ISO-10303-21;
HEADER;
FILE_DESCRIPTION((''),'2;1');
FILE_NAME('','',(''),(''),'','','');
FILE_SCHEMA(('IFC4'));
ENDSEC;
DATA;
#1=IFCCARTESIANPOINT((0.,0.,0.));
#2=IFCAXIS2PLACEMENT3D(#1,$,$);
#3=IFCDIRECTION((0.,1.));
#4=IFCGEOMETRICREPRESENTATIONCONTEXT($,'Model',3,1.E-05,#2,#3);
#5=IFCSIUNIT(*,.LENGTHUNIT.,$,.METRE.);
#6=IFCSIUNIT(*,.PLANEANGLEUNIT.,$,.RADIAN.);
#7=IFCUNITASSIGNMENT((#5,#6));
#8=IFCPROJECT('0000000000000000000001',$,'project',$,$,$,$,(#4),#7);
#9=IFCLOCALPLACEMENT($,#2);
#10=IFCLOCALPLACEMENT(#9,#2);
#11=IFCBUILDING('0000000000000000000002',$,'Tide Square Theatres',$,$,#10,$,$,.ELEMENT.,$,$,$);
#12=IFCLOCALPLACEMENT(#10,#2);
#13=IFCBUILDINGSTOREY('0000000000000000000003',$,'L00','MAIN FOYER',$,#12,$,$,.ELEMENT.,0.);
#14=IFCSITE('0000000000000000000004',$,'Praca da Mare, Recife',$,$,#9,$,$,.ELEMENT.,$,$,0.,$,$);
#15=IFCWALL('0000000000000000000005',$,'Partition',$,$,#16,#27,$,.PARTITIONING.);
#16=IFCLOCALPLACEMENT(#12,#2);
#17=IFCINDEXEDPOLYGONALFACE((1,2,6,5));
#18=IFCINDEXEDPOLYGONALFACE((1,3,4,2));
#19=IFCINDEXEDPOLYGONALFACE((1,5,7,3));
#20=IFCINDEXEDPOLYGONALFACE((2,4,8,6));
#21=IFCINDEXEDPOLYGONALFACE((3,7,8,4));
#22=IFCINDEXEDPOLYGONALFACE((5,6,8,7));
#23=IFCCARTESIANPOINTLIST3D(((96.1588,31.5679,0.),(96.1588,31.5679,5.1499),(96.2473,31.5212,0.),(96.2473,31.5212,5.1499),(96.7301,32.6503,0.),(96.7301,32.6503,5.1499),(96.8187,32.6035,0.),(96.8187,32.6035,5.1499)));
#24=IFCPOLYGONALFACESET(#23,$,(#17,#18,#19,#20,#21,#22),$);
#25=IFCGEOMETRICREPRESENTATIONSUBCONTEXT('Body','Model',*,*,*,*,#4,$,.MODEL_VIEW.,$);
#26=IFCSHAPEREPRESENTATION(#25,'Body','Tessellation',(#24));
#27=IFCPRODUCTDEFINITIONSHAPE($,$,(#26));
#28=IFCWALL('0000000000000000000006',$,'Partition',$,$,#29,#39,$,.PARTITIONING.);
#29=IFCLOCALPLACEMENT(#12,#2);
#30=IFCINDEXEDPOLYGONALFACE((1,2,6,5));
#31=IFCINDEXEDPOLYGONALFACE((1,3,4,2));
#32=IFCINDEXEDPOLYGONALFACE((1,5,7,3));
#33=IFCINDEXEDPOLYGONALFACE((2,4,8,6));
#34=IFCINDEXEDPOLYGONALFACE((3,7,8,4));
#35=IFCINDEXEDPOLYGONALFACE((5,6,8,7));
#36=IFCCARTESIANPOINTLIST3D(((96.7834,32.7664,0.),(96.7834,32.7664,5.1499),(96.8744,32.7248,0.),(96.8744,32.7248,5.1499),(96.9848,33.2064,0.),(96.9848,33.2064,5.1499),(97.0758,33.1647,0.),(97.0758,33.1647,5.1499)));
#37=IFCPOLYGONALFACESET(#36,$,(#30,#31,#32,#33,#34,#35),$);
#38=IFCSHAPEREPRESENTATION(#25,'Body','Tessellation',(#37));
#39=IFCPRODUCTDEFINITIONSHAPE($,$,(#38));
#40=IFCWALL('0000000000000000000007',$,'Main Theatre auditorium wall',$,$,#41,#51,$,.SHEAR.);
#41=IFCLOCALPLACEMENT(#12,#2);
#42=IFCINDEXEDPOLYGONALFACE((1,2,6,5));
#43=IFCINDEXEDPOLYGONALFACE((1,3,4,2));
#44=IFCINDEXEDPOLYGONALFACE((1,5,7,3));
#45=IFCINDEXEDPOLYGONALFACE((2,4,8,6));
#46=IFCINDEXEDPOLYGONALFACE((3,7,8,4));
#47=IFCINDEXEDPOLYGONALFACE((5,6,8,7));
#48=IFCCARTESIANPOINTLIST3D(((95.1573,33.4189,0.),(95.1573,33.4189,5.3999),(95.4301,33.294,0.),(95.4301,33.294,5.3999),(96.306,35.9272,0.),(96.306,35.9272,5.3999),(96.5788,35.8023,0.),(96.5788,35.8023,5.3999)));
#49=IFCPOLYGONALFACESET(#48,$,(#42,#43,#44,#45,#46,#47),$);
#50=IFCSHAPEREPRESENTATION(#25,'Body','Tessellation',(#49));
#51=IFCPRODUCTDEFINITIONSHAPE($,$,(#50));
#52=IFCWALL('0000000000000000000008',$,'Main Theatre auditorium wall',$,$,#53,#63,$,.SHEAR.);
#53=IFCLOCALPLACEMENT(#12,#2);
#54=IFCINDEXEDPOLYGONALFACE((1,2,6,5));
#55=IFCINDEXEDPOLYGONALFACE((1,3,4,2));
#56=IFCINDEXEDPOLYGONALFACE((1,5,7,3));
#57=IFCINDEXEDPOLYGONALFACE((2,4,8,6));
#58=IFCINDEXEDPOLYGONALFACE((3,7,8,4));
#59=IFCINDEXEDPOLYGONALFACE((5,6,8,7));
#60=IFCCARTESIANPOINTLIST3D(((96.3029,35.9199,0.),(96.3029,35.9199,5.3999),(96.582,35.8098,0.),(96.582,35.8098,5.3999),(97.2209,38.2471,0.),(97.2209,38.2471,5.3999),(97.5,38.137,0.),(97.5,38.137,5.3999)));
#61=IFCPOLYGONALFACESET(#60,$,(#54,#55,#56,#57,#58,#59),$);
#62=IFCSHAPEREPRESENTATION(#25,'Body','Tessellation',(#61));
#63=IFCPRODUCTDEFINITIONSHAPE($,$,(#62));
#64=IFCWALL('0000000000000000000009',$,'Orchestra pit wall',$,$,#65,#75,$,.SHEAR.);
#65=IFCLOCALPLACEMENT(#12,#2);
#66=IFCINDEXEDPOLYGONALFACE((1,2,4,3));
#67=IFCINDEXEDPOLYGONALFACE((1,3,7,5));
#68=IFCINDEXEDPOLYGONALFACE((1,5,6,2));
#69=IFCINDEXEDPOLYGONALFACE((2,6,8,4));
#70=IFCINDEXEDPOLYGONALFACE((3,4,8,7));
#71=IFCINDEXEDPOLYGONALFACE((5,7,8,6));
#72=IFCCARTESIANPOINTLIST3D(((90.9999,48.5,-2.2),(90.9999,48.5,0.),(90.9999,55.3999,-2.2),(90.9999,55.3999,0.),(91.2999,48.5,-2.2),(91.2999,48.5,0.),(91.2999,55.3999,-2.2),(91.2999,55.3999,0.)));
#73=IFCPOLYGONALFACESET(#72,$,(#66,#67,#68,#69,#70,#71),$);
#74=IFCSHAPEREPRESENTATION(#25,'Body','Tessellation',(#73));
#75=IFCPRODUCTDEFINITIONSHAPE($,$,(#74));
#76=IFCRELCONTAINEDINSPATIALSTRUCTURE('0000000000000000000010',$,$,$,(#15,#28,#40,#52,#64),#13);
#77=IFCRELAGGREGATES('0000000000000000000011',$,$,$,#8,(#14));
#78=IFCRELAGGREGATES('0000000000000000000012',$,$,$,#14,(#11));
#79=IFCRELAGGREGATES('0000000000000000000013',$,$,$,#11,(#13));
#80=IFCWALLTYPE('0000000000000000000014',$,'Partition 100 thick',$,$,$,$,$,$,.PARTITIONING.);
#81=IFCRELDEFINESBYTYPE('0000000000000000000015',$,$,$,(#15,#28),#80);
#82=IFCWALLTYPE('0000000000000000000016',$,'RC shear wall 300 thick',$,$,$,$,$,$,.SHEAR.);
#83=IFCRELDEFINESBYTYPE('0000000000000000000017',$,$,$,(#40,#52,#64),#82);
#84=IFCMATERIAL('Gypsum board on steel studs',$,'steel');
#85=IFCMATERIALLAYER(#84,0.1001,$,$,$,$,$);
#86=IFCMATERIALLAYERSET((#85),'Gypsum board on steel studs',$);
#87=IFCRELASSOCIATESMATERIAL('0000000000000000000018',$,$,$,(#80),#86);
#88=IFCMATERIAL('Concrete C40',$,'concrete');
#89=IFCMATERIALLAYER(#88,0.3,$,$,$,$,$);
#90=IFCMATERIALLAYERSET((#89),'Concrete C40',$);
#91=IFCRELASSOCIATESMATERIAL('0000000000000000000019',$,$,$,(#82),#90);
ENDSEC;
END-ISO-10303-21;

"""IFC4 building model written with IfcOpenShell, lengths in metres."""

from ifc_helpers import new_model, si_unit, direction, frame, frame_2d, origin, place, context, subcontext, project, spatial, rectangle, extrude, material, layer, layer_set, type_object, element, save


model = new_model("IFC4")

# Units and contexts
model_context = context("Model", 3, precision=1e-05, world=origin(), true_north=direction((0.0, 1.0)))
body_context = subcontext(model_context, "Body", "Model", "MODEL_VIEW")
ifc_project = project(units=[si_unit("LENGTHUNIT", "METRE"), si_unit("PLANEANGLEUNIT", "RADIAN")], contexts=[model_context])

# Site, building, storey
site_placement = place(None, origin())
site = spatial("IfcSite", under=ifc_project, at=site_placement, Name="Praca da Mare, Recife", CompositionType="ELEMENT", RefElevation=0.0)
building_placement = place(site_placement, origin())
building = spatial("IfcBuilding", under=site, at=building_placement, Name="Tide Square Theatres", CompositionType="ELEMENT")
storey_placement = place(building_placement, origin())
storey = spatial("IfcBuildingStorey", under=building, at=storey_placement, Name="L00", Description="MAIN FOYER", CompositionType="ELEMENT", Elevation=0.0)

# Walls
ifc_material_1 = material(Name="Gypsum board on steel studs", Category="steel")
ifc_layer_1 = layer(ifc_material_1, 0.1001)
ifc_layer_set_1 = layer_set([ifc_layer_1], Name="Gypsum board on steel studs")
wall_type_1 = type_object("IfcWallType", Name="Partition 100 thick", PredefinedType="PARTITIONING", material=ifc_layer_set_1)
wall_1_placement = place(storey_placement, frame((96.2031, 31.5447, 0.0), z_axis=(0.0, 0.0, 1.0), x_axis=(0.466815, 0.884355, 0.0)))
element("IfcWall", 1, at=wall_1_placement, inside=storey, type_object=wall_type_1, Name="Partition", PredefinedType="PARTITIONING", context=body_context, shape_type="SweptSolid", body=[
    extrude(rectangle(XDim=1.2239, YDim=0.1001, at=frame_2d((0.6118, 0.0))), origin(), (0.0, 0.0, 1.0), 5.1499),
])
wall_2_placement = place(storey_placement, frame((96.8289, 32.7456, 0.0), z_axis=(0.0, 0.0, 1.0), x_axis=(0.416272, 0.90924, 0.0)))
element("IfcWall", 2, at=wall_2_placement, inside=storey, type_object=wall_type_1, Name="Partition", PredefinedType="PARTITIONING", context=body_context, shape_type="SweptSolid", body=[
    extrude(rectangle(XDim=0.4839, YDim=0.1001, at=frame_2d((0.2419, 0.0))), origin(), (0.0, 0.0, 1.0), 5.1499),
])
ifc_material_2 = material(Name="Concrete C40", Category="concrete")
ifc_layer_2 = layer(ifc_material_2, 0.3)
ifc_layer_set_2 = layer_set([ifc_layer_2], Name="Concrete C40")
wall_type_2 = type_object("IfcWallType", Name="RC shear wall 300 thick", PredefinedType="SHEAR", material=ifc_layer_set_2)
wall_3_placement = place(storey_placement, frame((95.2937, 33.3564, 0.0), z_axis=(0.0, 0.0, 1.0), x_axis=(0.416368, 0.909196, 0.0)))
element("IfcWall", 3, at=wall_3_placement, inside=storey, type_object=wall_type_2, Name="Main Theatre auditorium wall", PredefinedType="SHEAR", context=body_context, shape_type="SweptSolid", body=[
    extrude(rectangle(XDim=2.7588, YDim=0.3, at=frame_2d((1.3794, 0.0))), origin(), (0.0, 0.0, 1.0), 5.3999),
])
wall_4_placement = place(storey_placement, frame((96.4424, 35.8647, 0.0), z_axis=(0.0, 0.0, 1.0), x_axis=(0.366944, 0.930243, 0.0)))
element("IfcWall", 4, at=wall_4_placement, inside=storey, type_object=wall_type_2, Name="Main Theatre auditorium wall", PredefinedType="SHEAR", context=body_context, shape_type="SweptSolid", body=[
    extrude(rectangle(XDim=2.5017, YDim=0.3, at=frame_2d((1.251, 0.0))), origin(), (0.0, 0.0, 1.0), 5.3999),
])
wall_5_placement = place(storey_placement, frame((91.1499, 48.5, -2.2), z_axis=(0.0, 0.0, 1.0), x_axis=(0.0, 1.0, 0.0)))
element("IfcWall", 5, at=wall_5_placement, inside=storey, type_object=wall_type_2, Name="Orchestra pit wall", PredefinedType="SHEAR", context=body_context, shape_type="SweptSolid", body=[
    extrude(rectangle(XDim=6.8999, YDim=0.3, at=frame_2d((3.45, 0.0))), origin(), (0.0, 0.0, 1.0), 2.2),
])

save(model, "model.ifc")
